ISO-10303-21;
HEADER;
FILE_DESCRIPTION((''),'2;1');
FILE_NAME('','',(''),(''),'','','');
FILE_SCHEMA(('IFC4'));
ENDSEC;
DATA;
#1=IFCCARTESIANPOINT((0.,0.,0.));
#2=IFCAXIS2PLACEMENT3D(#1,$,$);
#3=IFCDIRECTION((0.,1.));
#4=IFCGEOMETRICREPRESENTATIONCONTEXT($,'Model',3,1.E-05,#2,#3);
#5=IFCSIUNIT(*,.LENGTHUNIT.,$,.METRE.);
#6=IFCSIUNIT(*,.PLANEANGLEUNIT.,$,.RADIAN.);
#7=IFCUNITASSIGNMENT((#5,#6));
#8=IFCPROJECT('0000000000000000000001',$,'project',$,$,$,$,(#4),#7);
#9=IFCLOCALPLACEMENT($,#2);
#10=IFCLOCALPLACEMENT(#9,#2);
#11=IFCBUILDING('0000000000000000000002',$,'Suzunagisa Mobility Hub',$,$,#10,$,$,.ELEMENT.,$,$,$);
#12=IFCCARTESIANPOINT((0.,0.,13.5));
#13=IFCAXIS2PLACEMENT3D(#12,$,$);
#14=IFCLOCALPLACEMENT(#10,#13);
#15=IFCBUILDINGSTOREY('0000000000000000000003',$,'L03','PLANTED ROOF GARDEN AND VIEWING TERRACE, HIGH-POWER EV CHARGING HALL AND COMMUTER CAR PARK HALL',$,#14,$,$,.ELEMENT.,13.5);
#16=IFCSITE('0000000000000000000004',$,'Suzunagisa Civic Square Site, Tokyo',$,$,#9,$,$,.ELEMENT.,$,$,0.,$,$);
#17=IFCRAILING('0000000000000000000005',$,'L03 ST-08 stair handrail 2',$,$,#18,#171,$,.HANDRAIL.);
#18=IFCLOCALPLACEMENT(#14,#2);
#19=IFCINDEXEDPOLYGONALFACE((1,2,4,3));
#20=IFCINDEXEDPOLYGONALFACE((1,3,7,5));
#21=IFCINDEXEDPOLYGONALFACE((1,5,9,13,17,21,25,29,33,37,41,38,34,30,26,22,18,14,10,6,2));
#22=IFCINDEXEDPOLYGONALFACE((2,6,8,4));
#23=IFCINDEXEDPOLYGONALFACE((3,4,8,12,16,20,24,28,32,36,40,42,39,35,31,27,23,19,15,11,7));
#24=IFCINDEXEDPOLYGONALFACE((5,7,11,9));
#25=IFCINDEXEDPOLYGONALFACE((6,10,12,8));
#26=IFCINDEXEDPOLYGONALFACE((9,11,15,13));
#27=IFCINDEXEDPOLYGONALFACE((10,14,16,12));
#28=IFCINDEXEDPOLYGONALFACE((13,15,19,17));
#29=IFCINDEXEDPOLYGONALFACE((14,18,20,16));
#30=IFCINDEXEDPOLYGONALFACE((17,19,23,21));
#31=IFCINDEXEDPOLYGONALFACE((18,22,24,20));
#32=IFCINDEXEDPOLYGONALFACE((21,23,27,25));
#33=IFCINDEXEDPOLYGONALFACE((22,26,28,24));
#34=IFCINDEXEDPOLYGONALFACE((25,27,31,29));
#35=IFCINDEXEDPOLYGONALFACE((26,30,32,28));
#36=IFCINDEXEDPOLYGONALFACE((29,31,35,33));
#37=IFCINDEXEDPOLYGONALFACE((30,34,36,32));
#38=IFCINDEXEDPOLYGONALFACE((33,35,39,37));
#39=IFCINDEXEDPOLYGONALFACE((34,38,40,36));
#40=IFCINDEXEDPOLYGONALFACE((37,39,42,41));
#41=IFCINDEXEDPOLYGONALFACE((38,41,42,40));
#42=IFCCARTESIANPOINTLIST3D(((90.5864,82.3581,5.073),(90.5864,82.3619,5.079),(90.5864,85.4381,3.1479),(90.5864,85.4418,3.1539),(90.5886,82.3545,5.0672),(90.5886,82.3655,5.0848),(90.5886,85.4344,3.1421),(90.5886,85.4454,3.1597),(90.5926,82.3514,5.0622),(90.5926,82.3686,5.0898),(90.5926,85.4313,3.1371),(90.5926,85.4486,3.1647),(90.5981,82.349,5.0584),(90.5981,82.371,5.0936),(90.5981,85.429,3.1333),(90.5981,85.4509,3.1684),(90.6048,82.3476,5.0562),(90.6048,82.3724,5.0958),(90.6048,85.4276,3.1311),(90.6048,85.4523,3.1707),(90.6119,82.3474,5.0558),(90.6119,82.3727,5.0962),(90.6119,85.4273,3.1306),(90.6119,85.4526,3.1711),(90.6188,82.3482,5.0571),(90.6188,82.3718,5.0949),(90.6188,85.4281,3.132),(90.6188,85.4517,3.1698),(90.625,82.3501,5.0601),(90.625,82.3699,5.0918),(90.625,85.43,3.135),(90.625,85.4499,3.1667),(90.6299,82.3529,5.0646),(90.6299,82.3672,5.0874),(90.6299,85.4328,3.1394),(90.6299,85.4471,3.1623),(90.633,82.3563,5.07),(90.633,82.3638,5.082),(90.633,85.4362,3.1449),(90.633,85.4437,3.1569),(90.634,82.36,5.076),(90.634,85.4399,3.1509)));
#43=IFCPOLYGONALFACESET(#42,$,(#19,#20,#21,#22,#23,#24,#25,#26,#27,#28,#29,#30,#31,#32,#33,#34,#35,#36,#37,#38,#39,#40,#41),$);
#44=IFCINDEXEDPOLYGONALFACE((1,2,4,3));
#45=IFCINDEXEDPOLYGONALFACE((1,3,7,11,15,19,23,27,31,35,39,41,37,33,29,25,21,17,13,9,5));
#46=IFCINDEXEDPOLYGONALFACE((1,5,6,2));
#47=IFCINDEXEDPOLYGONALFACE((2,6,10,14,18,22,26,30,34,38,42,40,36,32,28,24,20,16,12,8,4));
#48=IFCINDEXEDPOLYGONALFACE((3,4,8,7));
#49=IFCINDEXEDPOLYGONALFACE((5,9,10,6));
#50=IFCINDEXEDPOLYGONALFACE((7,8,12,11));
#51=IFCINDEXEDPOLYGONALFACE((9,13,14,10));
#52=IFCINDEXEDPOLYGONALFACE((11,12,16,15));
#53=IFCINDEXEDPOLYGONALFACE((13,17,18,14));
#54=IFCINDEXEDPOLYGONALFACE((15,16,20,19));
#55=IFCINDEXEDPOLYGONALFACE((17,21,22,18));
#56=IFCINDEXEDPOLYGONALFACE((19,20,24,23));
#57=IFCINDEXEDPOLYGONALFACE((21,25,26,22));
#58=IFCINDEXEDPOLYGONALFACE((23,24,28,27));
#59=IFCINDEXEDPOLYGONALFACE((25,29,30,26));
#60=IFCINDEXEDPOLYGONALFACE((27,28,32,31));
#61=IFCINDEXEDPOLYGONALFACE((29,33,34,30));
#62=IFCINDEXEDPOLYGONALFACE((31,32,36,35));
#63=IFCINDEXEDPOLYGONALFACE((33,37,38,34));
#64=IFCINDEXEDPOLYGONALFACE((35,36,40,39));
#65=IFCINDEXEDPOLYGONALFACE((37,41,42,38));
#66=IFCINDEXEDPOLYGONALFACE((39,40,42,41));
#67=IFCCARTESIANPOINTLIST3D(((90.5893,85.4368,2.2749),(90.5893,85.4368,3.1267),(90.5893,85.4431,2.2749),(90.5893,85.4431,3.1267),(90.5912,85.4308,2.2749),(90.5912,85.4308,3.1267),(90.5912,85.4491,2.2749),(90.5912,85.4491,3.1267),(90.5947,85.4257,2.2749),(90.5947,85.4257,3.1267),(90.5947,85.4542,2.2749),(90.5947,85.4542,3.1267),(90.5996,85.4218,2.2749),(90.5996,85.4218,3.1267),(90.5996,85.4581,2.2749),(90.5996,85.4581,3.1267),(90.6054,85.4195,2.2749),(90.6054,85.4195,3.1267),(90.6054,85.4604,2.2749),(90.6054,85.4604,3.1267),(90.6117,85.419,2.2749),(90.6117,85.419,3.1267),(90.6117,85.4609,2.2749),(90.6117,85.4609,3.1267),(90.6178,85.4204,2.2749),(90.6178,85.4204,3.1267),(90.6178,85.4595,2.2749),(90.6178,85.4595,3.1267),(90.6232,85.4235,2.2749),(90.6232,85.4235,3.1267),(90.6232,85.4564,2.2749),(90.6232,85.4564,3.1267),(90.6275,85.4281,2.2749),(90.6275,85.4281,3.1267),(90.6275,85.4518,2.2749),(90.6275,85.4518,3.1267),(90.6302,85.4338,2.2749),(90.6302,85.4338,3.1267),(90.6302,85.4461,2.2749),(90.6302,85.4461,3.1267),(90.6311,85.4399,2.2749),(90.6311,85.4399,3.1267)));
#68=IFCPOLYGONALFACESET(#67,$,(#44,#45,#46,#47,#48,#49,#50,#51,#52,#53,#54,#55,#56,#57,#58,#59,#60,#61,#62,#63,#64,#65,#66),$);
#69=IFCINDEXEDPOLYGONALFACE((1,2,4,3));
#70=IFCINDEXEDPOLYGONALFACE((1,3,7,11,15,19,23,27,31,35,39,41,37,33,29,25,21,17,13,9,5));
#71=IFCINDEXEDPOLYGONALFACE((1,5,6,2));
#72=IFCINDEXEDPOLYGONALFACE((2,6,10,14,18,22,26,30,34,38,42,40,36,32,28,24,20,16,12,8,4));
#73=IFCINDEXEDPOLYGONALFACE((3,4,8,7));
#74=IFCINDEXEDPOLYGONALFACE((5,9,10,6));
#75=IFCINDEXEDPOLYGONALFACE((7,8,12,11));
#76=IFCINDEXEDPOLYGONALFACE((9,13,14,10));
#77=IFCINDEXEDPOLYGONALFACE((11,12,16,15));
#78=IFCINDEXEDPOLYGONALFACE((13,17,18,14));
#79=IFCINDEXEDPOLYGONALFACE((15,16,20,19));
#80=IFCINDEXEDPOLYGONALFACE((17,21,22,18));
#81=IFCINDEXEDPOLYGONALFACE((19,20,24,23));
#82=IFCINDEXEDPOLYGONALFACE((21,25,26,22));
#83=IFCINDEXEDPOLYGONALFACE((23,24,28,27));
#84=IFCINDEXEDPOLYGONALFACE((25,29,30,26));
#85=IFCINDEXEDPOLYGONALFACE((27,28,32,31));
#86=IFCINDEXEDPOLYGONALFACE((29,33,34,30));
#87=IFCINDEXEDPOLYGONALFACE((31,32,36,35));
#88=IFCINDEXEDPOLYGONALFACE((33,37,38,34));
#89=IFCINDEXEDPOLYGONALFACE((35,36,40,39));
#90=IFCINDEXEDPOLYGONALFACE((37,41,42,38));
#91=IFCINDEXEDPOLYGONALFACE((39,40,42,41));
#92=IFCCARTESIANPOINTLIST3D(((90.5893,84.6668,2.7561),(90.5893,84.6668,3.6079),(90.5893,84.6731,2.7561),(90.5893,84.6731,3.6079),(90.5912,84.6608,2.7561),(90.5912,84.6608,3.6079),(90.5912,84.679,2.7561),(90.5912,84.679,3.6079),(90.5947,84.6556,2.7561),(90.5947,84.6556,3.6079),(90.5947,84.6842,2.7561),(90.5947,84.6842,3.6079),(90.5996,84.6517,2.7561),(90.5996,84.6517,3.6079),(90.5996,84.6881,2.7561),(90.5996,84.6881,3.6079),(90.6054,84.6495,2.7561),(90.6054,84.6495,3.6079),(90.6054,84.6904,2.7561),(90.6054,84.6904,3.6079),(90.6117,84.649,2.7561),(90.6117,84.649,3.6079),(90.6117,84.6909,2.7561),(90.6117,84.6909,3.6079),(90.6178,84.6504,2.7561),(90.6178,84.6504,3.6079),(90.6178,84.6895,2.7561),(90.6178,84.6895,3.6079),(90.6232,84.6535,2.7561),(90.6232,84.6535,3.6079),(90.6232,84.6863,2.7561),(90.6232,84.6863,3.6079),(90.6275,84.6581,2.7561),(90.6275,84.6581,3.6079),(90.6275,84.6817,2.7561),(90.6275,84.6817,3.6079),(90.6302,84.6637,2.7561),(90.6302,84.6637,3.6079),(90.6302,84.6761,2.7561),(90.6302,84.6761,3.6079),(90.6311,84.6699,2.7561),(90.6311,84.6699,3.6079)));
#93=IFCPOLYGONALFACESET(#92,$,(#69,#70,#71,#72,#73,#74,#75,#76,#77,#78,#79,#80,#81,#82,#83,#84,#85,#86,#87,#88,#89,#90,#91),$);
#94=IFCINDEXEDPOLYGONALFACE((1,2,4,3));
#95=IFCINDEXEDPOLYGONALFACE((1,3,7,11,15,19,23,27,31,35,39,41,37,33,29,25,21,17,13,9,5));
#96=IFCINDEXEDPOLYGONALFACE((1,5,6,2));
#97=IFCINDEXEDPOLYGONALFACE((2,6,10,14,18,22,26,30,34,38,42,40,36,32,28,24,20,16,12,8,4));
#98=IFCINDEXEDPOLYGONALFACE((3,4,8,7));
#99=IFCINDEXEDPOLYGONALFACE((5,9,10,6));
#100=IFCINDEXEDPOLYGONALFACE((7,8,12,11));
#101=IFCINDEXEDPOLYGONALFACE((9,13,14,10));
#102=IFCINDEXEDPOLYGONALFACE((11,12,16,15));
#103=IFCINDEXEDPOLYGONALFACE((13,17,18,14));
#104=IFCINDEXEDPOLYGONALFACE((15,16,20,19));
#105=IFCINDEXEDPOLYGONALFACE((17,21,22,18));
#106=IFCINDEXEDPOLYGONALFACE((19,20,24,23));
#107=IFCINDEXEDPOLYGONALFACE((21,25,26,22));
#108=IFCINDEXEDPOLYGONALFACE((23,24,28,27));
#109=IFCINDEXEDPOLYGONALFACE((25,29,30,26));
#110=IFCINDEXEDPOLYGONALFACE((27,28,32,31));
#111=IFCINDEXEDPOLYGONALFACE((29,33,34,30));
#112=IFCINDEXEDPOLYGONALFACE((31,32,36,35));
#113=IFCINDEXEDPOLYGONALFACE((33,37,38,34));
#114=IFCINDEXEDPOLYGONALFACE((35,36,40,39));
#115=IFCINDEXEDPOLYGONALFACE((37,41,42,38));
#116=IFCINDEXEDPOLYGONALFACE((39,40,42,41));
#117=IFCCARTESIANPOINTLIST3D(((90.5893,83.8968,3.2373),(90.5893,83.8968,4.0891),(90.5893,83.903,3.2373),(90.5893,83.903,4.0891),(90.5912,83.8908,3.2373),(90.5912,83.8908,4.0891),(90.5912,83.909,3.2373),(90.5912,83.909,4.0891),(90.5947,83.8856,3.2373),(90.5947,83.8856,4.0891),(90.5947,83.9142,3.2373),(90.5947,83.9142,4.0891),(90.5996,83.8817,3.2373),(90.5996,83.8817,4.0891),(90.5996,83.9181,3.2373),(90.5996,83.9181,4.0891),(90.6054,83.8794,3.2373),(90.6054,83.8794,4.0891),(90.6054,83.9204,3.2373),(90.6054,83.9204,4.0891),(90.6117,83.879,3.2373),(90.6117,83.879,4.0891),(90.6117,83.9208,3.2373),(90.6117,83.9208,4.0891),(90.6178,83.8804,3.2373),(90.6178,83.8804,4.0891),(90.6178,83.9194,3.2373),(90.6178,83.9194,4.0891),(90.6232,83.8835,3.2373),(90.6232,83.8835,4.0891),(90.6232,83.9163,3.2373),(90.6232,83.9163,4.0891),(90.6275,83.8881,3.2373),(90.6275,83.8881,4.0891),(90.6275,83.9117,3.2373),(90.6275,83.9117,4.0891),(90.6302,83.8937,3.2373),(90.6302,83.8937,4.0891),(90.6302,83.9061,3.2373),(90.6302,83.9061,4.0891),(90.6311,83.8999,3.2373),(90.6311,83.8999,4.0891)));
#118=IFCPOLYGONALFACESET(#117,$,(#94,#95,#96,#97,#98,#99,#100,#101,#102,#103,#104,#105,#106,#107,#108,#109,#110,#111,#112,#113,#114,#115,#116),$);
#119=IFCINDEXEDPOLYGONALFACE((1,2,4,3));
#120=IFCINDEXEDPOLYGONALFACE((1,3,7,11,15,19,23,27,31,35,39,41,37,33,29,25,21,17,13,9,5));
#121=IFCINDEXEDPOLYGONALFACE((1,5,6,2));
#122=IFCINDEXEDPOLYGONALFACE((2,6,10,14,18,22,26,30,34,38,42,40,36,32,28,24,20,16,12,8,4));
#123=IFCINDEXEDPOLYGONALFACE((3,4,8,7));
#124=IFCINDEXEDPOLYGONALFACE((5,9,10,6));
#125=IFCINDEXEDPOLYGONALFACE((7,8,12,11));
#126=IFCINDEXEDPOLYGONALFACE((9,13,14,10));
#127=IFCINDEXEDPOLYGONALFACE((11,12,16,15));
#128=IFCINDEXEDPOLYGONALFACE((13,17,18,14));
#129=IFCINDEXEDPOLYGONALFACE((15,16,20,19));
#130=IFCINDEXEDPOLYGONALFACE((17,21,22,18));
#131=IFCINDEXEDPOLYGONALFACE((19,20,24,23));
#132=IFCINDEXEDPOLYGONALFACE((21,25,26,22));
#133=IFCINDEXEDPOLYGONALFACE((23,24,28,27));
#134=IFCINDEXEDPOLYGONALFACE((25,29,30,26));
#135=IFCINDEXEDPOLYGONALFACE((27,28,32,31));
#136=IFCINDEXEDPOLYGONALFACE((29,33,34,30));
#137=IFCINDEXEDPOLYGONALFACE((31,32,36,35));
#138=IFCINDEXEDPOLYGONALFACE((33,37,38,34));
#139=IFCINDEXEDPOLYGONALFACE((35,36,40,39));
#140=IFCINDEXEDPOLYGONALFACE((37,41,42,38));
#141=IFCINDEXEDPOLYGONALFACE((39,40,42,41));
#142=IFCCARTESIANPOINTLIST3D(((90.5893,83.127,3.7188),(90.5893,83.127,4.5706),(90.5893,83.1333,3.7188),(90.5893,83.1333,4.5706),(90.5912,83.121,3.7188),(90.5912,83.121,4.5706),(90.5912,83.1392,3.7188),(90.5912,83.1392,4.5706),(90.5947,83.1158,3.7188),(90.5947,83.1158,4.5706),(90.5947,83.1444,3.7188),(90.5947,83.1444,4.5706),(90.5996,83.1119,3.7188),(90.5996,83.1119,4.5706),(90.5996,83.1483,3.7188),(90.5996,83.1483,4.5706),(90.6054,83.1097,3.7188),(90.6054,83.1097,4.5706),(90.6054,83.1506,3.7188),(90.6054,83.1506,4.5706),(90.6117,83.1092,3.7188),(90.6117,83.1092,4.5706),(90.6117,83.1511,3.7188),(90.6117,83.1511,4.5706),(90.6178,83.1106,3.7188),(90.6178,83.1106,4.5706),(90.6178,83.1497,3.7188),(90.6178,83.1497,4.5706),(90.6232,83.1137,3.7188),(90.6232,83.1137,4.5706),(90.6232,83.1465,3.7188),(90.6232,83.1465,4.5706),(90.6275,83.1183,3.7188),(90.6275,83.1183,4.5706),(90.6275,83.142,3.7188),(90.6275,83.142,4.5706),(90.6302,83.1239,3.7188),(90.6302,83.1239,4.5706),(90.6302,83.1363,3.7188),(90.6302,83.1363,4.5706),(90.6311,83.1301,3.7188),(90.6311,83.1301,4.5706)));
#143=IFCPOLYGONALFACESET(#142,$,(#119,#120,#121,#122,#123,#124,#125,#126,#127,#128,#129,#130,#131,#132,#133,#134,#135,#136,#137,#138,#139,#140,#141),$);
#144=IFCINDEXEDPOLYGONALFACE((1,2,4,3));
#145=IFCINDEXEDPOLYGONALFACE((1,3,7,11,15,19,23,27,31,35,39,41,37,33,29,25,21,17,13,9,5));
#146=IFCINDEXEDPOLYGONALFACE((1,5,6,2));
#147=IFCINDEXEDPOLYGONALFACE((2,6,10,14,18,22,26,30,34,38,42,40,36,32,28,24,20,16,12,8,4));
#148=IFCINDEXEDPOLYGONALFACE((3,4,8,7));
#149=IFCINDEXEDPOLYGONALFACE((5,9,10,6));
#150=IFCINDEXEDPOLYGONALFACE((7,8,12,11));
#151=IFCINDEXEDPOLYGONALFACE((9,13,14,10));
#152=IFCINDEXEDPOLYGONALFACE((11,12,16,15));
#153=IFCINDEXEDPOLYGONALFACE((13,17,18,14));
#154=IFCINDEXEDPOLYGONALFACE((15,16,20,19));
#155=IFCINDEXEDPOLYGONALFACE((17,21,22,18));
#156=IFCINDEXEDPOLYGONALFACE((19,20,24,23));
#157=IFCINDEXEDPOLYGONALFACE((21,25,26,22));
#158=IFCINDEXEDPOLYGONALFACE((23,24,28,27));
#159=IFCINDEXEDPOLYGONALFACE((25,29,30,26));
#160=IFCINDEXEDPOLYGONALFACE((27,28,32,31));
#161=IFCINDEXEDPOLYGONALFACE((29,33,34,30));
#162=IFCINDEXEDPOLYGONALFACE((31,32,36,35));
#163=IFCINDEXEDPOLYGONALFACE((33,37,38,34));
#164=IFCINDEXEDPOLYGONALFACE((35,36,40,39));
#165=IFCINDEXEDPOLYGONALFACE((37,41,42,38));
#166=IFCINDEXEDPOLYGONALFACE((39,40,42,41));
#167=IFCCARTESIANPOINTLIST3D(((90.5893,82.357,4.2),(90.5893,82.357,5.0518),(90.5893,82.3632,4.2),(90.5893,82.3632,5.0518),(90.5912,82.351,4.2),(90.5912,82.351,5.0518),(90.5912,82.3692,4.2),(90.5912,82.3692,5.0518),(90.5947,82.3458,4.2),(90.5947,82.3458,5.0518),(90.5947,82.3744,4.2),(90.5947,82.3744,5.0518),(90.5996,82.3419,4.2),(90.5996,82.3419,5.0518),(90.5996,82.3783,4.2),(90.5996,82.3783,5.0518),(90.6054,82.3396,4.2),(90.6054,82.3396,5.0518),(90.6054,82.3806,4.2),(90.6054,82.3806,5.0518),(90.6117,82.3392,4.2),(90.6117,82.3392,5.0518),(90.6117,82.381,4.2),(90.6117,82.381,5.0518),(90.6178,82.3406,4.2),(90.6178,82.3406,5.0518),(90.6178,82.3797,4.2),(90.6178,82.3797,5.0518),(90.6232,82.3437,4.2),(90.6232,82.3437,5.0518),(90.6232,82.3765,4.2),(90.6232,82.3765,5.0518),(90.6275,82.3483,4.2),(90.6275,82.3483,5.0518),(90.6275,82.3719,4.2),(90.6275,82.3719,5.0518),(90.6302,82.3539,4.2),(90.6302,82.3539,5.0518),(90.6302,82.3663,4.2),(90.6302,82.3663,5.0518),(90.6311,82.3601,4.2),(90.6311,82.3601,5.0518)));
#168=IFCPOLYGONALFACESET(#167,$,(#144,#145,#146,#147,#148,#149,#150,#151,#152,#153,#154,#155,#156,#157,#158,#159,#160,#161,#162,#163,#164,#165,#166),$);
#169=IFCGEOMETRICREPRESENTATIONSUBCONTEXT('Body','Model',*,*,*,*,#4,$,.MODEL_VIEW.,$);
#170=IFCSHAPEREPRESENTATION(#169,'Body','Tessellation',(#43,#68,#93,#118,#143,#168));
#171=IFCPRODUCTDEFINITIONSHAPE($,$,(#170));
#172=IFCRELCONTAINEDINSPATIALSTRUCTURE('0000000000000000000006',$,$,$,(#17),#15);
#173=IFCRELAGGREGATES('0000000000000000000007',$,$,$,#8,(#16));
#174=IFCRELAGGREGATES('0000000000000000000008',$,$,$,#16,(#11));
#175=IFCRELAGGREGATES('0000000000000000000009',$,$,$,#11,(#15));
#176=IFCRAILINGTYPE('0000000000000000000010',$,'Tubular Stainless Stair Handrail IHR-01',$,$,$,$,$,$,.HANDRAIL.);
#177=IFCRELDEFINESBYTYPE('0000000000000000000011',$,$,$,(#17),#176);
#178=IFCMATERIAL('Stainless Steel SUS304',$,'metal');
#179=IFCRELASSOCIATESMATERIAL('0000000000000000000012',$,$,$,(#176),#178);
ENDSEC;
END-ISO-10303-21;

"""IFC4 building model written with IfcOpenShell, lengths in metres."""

from ifc_helpers import new_model, si_unit, direction, frame, origin, origin_2d, place, context, subcontext, project, spatial, circle, extrude, material, type_object, element, save


model = new_model("IFC4")

# Units and contexts
model_context = context("Model", 3, precision=1e-05, world=origin(), true_north=direction((0.0, 1.0)))
body_context = subcontext(model_context, "Body", "Model", "MODEL_VIEW")
ifc_project = project(units=[si_unit("LENGTHUNIT", "METRE"), si_unit("PLANEANGLEUNIT", "RADIAN")], contexts=[model_context])

# Site, building, storey
site_placement = place(None, origin())
site = spatial("IfcSite", under=ifc_project, at=site_placement, Name="Suzunagisa Civic Square Site, Tokyo", CompositionType="ELEMENT", RefElevation=0.0)
building_placement = place(site_placement, origin())
building = spatial("IfcBuilding", under=site, at=building_placement, Name="Suzunagisa Mobility Hub", CompositionType="ELEMENT")
storey_placement = place(building_placement, frame((0.0, 0.0, 13.5)))
storey = spatial("IfcBuildingStorey", under=building, at=storey_placement, Name="L03", Description="PLANTED ROOF GARDEN AND VIEWING TERRACE, HIGH-POWER EV CHARGING HALL AND COMMUTER CAR PARK HALL", CompositionType="ELEMENT", Elevation=13.5)

# Railing
ifc_material_1 = material(Name="Stainless Steel SUS304", Category="metal")
railing_type_1 = type_object("IfcRailingType", Name="Tubular Stainless Stair Handrail IHR-01", PredefinedType="HANDRAIL", material=ifc_material_1)
railing_1_placement = place(storey_placement, frame((90.6101, 85.4399, 2.2749)))
element("IfcRailing", 1, at=railing_1_placement, inside=storey, type_object=railing_type_1, Name="L03 ST-08 stair handrail 2", PredefinedType="HANDRAIL", context=body_context, shape_type="SweptSolid", body=[
    extrude(circle(Radius=0.0239, at=origin_2d()), frame((0.0, 0.0, 0.876), z_axis=(0.0, -0.847979, 0.530029), x_axis=(1.0, 0.0, 0.0)), (0.0, 0.0, 1.0), 3.6321),
    extrude(circle(Radius=0.021, at=origin_2d()), origin(), (0.0, 0.0, 1.0), 0.8518),
    extrude(circle(Radius=0.021, at=origin_2d()), frame((0.0, -0.77, 0.4812)), (0.0, 0.0, 1.0), 0.8518),
    extrude(circle(Radius=0.021, at=origin_2d()), frame((0.0, -1.54, 0.9624)), (0.0, 0.0, 1.0), 0.8518),
    extrude(circle(Radius=0.021, at=origin_2d()), frame((0.0, -2.3098, 1.4438)), (0.0, 0.0, 1.0), 0.8518),
    extrude(circle(Radius=0.021, at=origin_2d()), frame((0.0, -3.0798, 1.925)), (0.0, 0.0, 1.0), 0.8518),
])

save(model, "model.ifc")
